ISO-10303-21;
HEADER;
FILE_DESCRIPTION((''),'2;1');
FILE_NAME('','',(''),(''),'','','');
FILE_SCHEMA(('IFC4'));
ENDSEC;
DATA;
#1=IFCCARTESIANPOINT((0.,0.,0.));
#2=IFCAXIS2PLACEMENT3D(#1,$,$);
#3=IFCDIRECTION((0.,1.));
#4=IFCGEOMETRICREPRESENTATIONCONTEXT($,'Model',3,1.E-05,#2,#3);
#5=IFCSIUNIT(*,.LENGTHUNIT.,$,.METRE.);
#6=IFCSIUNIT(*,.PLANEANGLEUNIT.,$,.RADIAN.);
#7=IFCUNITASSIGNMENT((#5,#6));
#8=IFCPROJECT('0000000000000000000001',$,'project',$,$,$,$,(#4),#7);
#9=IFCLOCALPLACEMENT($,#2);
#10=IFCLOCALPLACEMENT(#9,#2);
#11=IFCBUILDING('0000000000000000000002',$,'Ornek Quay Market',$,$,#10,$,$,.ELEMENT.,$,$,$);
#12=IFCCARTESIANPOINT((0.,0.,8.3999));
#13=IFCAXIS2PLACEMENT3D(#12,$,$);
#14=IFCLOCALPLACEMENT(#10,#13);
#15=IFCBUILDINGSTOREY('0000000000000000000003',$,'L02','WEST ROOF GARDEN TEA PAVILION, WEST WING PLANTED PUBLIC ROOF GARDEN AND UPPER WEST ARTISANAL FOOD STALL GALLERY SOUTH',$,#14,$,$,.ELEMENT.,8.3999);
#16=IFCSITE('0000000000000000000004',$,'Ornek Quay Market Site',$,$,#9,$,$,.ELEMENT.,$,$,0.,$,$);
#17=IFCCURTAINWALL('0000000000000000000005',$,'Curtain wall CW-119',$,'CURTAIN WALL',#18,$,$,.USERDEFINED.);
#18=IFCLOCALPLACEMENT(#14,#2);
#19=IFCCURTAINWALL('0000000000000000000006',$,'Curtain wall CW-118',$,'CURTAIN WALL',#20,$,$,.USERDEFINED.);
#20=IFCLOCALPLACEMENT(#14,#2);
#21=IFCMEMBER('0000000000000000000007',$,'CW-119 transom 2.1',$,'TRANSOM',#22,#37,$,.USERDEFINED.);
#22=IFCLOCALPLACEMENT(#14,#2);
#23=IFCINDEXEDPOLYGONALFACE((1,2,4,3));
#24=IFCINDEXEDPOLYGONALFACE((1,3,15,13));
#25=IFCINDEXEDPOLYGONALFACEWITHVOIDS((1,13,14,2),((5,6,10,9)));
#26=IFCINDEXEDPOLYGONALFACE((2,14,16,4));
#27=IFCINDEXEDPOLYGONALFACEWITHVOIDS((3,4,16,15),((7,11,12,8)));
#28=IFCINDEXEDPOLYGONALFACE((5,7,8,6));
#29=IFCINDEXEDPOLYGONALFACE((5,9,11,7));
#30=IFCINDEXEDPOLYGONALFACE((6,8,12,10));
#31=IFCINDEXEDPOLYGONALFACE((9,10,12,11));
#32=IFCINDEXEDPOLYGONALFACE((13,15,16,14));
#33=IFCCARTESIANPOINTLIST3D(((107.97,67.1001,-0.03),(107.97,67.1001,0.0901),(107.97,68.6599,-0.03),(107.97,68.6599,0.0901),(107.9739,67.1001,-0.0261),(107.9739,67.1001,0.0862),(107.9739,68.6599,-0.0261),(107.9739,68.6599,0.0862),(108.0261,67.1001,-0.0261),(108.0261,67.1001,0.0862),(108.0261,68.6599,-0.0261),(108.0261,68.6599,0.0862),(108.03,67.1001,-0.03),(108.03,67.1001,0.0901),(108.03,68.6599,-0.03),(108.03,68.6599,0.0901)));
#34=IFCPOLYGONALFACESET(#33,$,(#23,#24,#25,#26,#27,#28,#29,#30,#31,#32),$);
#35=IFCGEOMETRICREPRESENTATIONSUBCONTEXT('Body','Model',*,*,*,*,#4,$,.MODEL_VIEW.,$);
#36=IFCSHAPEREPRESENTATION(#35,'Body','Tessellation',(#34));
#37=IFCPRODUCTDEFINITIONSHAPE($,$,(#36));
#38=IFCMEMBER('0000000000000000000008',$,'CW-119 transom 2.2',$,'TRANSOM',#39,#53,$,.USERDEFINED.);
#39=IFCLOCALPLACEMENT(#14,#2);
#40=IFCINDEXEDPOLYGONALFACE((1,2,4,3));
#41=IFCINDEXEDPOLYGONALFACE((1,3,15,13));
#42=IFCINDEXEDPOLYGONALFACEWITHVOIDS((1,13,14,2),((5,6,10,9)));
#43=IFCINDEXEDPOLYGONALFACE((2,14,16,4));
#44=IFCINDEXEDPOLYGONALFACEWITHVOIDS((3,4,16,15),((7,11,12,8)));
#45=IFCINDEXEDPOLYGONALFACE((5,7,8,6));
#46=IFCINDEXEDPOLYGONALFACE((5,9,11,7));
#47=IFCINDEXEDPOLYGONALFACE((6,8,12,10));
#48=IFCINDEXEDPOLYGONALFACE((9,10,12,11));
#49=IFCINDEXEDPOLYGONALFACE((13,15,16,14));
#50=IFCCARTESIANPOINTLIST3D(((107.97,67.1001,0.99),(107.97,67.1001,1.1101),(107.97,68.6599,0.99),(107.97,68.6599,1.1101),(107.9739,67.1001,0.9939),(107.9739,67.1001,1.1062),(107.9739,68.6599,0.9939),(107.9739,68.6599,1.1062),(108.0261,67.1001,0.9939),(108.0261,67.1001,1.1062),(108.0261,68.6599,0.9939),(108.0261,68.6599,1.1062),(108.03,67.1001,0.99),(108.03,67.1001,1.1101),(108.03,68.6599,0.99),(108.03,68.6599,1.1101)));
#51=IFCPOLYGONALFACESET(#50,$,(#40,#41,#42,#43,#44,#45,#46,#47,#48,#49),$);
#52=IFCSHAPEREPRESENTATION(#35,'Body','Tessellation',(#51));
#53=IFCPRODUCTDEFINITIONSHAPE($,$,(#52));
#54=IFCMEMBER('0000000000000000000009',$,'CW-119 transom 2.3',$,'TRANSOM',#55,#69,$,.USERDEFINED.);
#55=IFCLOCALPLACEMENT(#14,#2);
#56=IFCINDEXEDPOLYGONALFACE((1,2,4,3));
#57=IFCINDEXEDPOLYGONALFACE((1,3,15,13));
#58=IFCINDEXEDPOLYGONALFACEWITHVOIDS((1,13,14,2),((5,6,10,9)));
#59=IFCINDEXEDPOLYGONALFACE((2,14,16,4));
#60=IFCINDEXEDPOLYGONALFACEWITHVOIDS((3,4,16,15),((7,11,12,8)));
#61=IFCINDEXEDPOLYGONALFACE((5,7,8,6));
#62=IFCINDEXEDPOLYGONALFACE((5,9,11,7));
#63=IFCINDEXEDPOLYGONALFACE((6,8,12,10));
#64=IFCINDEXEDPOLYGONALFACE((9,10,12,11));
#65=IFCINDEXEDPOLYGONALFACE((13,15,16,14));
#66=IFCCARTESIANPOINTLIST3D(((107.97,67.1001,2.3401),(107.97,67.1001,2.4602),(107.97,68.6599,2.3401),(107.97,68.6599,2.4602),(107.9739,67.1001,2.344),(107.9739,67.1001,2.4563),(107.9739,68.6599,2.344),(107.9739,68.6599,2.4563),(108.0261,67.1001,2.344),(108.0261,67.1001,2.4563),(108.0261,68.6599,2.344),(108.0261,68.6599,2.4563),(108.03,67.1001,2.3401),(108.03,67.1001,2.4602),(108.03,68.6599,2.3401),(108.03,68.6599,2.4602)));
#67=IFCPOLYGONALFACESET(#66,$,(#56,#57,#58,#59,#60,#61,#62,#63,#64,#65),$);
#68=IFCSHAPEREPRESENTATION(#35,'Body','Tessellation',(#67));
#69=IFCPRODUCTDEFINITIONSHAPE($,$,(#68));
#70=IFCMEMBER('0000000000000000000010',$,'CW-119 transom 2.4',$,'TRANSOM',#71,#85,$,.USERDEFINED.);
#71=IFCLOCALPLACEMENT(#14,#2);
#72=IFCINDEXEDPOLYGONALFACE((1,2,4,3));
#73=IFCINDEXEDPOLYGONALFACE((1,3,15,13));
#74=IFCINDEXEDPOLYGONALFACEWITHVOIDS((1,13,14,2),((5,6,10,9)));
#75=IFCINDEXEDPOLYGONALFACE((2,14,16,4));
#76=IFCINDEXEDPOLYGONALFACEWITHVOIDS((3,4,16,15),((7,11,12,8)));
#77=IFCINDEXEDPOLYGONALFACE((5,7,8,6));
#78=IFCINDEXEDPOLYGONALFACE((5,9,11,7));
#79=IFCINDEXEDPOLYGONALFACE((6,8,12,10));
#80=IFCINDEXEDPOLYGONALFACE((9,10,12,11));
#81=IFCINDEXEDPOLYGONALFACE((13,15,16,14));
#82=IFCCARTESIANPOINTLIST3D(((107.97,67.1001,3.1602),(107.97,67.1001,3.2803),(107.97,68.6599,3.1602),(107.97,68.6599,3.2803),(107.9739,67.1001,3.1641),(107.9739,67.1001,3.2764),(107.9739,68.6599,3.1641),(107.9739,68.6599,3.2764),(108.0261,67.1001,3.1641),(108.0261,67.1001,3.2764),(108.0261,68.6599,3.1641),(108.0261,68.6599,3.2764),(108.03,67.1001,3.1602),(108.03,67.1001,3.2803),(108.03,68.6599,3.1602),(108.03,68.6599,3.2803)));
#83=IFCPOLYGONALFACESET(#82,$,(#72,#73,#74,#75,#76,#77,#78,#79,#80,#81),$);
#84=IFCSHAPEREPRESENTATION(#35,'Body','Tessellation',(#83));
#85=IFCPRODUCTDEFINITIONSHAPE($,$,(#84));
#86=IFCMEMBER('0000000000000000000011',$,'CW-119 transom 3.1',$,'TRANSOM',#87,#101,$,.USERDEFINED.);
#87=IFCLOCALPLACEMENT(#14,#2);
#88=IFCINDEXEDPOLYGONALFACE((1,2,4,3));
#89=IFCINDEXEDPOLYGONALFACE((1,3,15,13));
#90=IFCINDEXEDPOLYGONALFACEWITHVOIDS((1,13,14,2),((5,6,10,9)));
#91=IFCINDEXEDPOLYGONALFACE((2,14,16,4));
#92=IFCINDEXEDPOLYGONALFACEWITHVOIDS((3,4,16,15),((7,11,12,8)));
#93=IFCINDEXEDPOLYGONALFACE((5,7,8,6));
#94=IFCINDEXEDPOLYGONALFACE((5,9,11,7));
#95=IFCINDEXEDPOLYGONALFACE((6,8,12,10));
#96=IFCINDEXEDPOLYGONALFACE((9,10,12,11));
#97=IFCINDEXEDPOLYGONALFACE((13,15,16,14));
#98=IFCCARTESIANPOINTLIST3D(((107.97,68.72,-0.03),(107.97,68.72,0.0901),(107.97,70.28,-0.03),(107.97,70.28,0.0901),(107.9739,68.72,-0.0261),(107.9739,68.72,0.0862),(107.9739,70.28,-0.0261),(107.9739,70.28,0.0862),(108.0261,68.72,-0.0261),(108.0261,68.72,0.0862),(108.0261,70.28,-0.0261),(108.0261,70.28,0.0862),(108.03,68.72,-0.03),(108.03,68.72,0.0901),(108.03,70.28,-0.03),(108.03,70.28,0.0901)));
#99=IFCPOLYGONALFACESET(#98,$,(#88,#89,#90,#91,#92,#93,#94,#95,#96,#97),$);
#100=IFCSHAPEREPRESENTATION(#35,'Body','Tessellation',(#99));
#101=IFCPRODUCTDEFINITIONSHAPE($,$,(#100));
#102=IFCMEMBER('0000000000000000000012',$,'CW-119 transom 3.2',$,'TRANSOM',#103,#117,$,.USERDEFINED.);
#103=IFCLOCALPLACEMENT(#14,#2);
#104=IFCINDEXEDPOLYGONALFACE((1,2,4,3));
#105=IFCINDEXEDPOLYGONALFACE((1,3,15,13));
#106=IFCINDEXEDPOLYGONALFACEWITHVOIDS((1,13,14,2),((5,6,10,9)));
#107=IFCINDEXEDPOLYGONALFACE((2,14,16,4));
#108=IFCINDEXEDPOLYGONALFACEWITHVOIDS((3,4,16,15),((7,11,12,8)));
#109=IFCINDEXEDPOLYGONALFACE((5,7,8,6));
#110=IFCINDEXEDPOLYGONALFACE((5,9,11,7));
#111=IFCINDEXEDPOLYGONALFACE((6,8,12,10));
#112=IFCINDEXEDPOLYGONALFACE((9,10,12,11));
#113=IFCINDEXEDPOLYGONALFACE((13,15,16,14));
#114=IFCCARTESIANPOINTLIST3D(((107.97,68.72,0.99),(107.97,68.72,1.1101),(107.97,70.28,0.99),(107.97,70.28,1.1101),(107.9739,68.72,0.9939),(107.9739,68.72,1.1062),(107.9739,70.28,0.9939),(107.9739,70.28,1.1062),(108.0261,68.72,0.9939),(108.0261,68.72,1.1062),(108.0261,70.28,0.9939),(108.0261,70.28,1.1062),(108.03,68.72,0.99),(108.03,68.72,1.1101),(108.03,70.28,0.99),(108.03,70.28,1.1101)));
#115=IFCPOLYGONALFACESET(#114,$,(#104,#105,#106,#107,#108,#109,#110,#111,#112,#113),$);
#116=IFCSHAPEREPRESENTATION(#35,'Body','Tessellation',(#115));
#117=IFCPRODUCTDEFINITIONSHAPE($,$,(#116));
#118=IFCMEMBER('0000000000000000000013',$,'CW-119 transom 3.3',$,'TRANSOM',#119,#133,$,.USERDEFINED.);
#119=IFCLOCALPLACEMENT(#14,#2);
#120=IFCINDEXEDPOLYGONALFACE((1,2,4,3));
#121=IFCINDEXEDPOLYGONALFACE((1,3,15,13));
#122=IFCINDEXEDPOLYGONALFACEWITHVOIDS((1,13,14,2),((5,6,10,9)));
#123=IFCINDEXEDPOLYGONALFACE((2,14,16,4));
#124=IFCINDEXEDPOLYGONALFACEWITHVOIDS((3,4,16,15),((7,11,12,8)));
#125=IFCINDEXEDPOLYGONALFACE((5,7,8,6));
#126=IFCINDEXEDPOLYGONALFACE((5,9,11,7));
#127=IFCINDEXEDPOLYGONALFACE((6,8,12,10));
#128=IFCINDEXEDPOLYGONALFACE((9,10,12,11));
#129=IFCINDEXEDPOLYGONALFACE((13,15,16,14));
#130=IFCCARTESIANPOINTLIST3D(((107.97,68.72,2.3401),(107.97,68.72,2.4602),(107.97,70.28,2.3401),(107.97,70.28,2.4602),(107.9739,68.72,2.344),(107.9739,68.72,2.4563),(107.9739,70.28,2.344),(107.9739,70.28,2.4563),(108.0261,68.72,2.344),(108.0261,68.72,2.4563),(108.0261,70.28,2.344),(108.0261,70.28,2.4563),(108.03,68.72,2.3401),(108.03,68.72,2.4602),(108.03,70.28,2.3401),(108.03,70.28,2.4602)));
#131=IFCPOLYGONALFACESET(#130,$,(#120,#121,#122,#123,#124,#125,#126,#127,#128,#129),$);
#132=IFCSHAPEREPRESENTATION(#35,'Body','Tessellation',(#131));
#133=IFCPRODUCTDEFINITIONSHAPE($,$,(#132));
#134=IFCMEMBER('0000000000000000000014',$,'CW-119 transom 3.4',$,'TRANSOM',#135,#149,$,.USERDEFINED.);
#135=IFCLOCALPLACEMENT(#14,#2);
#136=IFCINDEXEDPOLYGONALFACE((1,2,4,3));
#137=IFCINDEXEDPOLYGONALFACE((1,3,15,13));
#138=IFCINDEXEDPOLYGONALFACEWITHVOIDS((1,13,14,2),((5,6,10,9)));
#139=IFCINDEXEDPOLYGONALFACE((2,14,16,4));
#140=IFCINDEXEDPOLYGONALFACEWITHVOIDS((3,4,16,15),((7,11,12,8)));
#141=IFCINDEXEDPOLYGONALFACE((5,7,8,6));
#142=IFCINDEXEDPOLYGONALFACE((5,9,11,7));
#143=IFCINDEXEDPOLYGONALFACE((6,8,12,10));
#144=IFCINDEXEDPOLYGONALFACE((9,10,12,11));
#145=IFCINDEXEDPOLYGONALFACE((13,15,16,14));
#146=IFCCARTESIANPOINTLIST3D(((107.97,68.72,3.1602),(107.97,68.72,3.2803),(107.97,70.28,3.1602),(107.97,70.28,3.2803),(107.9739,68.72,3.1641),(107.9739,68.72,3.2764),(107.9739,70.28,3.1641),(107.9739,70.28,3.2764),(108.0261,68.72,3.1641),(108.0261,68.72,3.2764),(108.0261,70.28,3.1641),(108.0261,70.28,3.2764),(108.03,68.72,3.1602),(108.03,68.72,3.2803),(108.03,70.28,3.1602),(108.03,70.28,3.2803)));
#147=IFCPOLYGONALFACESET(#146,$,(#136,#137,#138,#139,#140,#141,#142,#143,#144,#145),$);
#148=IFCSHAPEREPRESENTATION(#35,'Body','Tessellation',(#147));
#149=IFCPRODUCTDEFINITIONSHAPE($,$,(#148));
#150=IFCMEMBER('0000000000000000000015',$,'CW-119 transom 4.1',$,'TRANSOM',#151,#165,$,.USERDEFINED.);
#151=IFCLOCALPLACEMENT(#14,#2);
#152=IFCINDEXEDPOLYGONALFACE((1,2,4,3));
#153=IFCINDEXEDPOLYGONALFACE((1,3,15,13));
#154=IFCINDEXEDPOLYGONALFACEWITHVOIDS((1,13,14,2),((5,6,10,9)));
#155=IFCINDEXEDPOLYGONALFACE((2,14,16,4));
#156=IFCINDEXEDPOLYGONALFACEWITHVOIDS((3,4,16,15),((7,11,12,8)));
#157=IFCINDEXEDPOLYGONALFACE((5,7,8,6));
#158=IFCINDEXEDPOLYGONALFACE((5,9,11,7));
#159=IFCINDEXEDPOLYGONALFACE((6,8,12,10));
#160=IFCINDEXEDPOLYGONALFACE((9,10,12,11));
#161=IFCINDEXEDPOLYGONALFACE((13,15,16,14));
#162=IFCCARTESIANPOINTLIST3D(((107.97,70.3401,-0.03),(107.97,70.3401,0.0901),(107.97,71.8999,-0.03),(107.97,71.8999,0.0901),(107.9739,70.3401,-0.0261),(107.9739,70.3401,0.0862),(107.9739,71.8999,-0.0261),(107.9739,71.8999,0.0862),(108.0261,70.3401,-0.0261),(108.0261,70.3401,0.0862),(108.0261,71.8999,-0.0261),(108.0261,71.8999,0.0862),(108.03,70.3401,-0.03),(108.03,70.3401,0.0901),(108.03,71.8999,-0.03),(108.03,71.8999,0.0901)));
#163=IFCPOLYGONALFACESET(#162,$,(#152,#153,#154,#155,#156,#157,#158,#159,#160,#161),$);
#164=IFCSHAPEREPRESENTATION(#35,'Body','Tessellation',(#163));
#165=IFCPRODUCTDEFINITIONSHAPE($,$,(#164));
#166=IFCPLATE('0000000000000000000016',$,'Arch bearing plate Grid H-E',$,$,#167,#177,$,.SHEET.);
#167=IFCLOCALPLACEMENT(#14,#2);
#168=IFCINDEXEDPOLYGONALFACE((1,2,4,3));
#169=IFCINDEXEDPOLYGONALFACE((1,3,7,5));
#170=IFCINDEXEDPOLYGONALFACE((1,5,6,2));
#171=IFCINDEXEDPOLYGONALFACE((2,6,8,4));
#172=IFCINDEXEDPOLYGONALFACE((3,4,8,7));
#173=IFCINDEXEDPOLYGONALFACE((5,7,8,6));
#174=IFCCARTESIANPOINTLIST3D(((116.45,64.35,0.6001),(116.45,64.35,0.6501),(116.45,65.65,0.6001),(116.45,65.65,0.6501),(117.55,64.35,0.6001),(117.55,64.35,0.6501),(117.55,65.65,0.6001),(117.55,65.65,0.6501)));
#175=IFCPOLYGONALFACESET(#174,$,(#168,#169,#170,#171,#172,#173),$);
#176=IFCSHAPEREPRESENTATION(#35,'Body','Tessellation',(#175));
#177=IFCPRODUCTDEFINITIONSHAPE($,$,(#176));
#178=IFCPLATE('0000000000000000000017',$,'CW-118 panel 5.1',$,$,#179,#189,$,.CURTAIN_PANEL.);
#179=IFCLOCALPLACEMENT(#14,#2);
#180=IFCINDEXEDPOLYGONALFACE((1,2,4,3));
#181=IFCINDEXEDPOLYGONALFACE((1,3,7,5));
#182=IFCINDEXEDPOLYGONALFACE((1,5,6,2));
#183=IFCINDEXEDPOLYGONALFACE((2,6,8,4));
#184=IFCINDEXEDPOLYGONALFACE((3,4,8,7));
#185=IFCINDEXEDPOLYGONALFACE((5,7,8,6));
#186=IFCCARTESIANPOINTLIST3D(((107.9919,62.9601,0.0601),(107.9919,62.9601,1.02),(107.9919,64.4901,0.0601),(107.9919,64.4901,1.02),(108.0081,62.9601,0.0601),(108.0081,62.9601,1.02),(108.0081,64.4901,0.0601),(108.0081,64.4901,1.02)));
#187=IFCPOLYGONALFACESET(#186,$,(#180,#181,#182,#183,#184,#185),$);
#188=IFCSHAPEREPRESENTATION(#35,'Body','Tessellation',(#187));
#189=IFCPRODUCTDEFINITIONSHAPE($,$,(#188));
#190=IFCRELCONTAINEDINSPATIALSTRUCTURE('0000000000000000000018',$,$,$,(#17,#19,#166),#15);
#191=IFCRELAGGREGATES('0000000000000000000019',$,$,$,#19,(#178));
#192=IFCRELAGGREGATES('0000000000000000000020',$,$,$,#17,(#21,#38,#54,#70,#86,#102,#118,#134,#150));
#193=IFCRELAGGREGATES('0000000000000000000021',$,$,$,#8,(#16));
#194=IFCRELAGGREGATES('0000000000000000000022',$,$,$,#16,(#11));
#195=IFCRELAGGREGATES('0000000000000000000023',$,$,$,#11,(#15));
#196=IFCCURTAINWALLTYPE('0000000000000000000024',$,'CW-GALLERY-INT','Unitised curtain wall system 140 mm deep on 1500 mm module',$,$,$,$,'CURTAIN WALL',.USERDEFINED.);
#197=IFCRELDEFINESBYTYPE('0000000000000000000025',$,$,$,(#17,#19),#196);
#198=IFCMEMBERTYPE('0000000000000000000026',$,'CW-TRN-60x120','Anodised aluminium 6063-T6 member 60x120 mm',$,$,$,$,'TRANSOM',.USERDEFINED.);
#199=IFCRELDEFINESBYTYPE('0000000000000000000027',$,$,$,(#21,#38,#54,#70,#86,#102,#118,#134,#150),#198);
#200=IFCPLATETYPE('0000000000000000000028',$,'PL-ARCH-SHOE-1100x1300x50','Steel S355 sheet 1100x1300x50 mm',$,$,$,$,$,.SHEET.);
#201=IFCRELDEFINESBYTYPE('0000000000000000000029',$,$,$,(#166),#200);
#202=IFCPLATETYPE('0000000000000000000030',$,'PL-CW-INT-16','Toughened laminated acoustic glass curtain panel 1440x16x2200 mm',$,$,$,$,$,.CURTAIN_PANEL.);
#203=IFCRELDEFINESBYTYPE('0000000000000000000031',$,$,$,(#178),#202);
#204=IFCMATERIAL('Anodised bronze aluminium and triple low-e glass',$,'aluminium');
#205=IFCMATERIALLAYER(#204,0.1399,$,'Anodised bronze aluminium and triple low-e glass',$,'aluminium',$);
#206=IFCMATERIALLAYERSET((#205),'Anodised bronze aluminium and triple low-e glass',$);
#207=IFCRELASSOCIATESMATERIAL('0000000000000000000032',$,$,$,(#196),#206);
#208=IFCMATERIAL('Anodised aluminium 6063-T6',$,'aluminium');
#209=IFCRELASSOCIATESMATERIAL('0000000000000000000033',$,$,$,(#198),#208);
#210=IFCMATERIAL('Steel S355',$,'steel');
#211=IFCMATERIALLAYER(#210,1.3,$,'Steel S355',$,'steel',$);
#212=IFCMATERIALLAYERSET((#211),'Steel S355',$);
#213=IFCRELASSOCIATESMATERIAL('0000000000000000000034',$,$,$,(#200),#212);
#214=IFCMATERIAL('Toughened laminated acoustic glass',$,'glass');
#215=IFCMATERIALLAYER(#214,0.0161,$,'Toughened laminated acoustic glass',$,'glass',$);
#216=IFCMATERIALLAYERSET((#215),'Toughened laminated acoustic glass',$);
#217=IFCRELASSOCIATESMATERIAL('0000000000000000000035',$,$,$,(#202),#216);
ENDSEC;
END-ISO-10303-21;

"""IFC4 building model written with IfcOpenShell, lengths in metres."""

from ifc_helpers import new_model, si_unit, direction, frame, origin, origin_2d, place, context, subcontext, project, spatial, rectangle, hollow_rectangle, extrude, material, layer, layer_set, material_profile, profile_set, type_object, element, aggregate, save


model = new_model("IFC4")

# Units and contexts
model_context = context("Model", 3, precision=1e-05, world=origin(), true_north=direction((0.0, 1.0)))
body_context = subcontext(model_context, "Body", "Model", "MODEL_VIEW")
ifc_project = project(units=[si_unit("LENGTHUNIT", "METRE"), si_unit("PLANEANGLEUNIT", "RADIAN")], contexts=[model_context])

# Site, building, storey
site_placement = place(None, origin())
site = spatial("IfcSite", under=ifc_project, at=site_placement, Name="Ornek Quay Market Site", CompositionType="ELEMENT", RefElevation=0.0)
building_placement = place(site_placement, origin())
building = spatial("IfcBuilding", under=site, at=building_placement, Name="Ornek Quay Market", CompositionType="ELEMENT")
storey_placement = place(building_placement, frame((0.0, 0.0, 8.3999)))
storey = spatial("IfcBuildingStorey", under=building, at=storey_placement, Name="L02", Description="WEST ROOF GARDEN TEA PAVILION, WEST WING PLANTED PUBLIC ROOF GARDEN AND UPPER WEST ARTISANAL FOOD STALL GALLERY SOUTH", CompositionType="ELEMENT", Elevation=8.3999)

# Curtain wall
ifc_material_1 = material(Name="Anodised bronze aluminium and triple low-e glass", Category="aluminium")
ifc_layer_1 = layer(ifc_material_1, 0.1399, Name="Anodised bronze aluminium and triple low-e glass", Category="aluminium")
ifc_layer_set_1 = layer_set([ifc_layer_1], Name="Anodised bronze aluminium and triple low-e glass")
curtain_wall_type = type_object("IfcCurtainWallType", Name="CW-GALLERY-INT", Description="Unitised curtain wall system 140 mm deep on 1500 mm module", ElementType="CURTAIN WALL", PredefinedType="USERDEFINED", material=ifc_layer_set_1)
curtain_wall_1_placement = place(storey_placement, origin())
curtain_wall_1 = element("IfcCurtainWall", 1, at=curtain_wall_1_placement, inside=storey, type_object=curtain_wall_type, Name="Curtain wall CW-119", ObjectType="CURTAIN WALL", PredefinedType="USERDEFINED")
ifc_material_2 = material(Name="Anodised aluminium 6063-T6", Category="aluminium")

# Curtain wall
curtain_wall_2_placement = place(storey_placement, origin())
curtain_wall_2 = element("IfcCurtainWall", 2, at=curtain_wall_2_placement, inside=storey, type_object=curtain_wall_type, Name="Curtain wall CW-118", ObjectType="CURTAIN WALL", PredefinedType="USERDEFINED")
ifc_material_profile_1 = material_profile(ifc_material_2, hollow_rectangle(XDim=0.0601, YDim=0.1201, WallThickness=0.0039, at=origin_2d()), Name="CW-TRN-60x120", Category="aluminium")
ifc_profile_set_1 = profile_set([ifc_material_profile_1], Name="Anodised aluminium 6063-T6")
member_type_1 = type_object("IfcMemberType", Name="CW-TRN-60x120", Description="Anodised aluminium 6063-T6 member 60x120 mm", ElementType="TRANSOM", PredefinedType="USERDEFINED", material=ifc_profile_set_1)

# Members
member_1_placement = place(storey_placement, frame((108.0, 67.1001, 0.03), z_axis=(0.0, 1.0, 0.0), x_axis=(-1.0, 0.0, 0.0)))
member_1 = element("IfcMember", 3, at=member_1_placement, type_object=member_type_1, Name="CW-119 transom 2.1", ObjectType="TRANSOM", PredefinedType="USERDEFINED", context=body_context, shape_type="SweptSolid", body=[
    extrude(hollow_rectangle(XDim=0.0601, YDim=0.1201, WallThickness=0.0039, at=origin_2d()), origin(), (0.0, 0.0, 1.0), 1.5598),
])
member_2_placement = place(storey_placement, frame((108.0, 67.1001, 1.05), z_axis=(0.0, 1.0, 0.0), x_axis=(-1.0, 0.0, 0.0)))
member_2 = element("IfcMember", 4, at=member_2_placement, type_object=member_type_1, Name="CW-119 transom 2.2", ObjectType="TRANSOM", PredefinedType="USERDEFINED", context=body_context, shape_type="SweptSolid", body=[
    extrude(hollow_rectangle(XDim=0.0601, YDim=0.1201, WallThickness=0.0039, at=origin_2d()), origin(), (0.0, 0.0, 1.0), 1.5598),
])
member_3_placement = place(storey_placement, frame((108.0, 67.1001, 2.4001), z_axis=(0.0, 1.0, 0.0), x_axis=(-1.0, 0.0, 0.0)))
member_3 = element("IfcMember", 5, at=member_3_placement, type_object=member_type_1, Name="CW-119 transom 2.3", ObjectType="TRANSOM", PredefinedType="USERDEFINED", context=body_context, shape_type="SweptSolid", body=[
    extrude(hollow_rectangle(XDim=0.0601, YDim=0.1201, WallThickness=0.0039, at=origin_2d()), origin(), (0.0, 0.0, 1.0), 1.5598),
])
member_4_placement = place(storey_placement, frame((108.0, 67.1001, 3.2202), z_axis=(0.0, 1.0, 0.0), x_axis=(-1.0, 0.0, 0.0)))
member_4 = element("IfcMember", 6, at=member_4_placement, type_object=member_type_1, Name="CW-119 transom 2.4", ObjectType="TRANSOM", PredefinedType="USERDEFINED", context=body_context, shape_type="SweptSolid", body=[
    extrude(hollow_rectangle(XDim=0.0601, YDim=0.1201, WallThickness=0.0039, at=origin_2d()), origin(), (0.0, 0.0, 1.0), 1.5598),
])
member_5_placement = place(storey_placement, frame((108.0, 68.72, 0.03), z_axis=(0.0, 1.0, 0.0), x_axis=(-1.0, 0.0, 0.0)))
member_5 = element("IfcMember", 7, at=member_5_placement, type_object=member_type_1, Name="CW-119 transom 3.1", ObjectType="TRANSOM", PredefinedType="USERDEFINED", context=body_context, shape_type="SweptSolid", body=[
    extrude(hollow_rectangle(XDim=0.0601, YDim=0.1201, WallThickness=0.0039, at=origin_2d()), origin(), (0.0, 0.0, 1.0), 1.5601),
])
member_6_placement = place(storey_placement, frame((108.0, 68.72, 1.05), z_axis=(0.0, 1.0, 0.0), x_axis=(-1.0, 0.0, 0.0)))
member_6 = element("IfcMember", 8, at=member_6_placement, type_object=member_type_1, Name="CW-119 transom 3.2", ObjectType="TRANSOM", PredefinedType="USERDEFINED", context=body_context, shape_type="SweptSolid", body=[
    extrude(hollow_rectangle(XDim=0.0601, YDim=0.1201, WallThickness=0.0039, at=origin_2d()), origin(), (0.0, 0.0, 1.0), 1.5601),
])
member_7_placement = place(storey_placement, frame((108.0, 68.72, 2.4001), z_axis=(0.0, 1.0, 0.0), x_axis=(-1.0, 0.0, 0.0)))
member_7 = element("IfcMember", 9, at=member_7_placement, type_object=member_type_1, Name="CW-119 transom 3.3", ObjectType="TRANSOM", PredefinedType="USERDEFINED", context=body_context, shape_type="SweptSolid", body=[
    extrude(hollow_rectangle(XDim=0.0601, YDim=0.1201, WallThickness=0.0039, at=origin_2d()), origin(), (0.0, 0.0, 1.0), 1.5601),
])
member_8_placement = place(storey_placement, frame((108.0, 68.72, 3.2202), z_axis=(0.0, 1.0, 0.0), x_axis=(-1.0, 0.0, 0.0)))
member_8 = element("IfcMember", 10, at=member_8_placement, type_object=member_type_1, Name="CW-119 transom 3.4", ObjectType="TRANSOM", PredefinedType="USERDEFINED", context=body_context, shape_type="SweptSolid", body=[
    extrude(hollow_rectangle(XDim=0.0601, YDim=0.1201, WallThickness=0.0039, at=origin_2d()), origin(), (0.0, 0.0, 1.0), 1.5601),
])
member_9_placement = place(storey_placement, frame((108.0, 70.3401, 0.03), z_axis=(0.0, 1.0, 0.0), x_axis=(-1.0, 0.0, 0.0)))
member_9 = element("IfcMember", 11, at=member_9_placement, type_object=member_type_1, Name="CW-119 transom 4.1", ObjectType="TRANSOM", PredefinedType="USERDEFINED", context=body_context, shape_type="SweptSolid", body=[
    extrude(hollow_rectangle(XDim=0.0601, YDim=0.1201, WallThickness=0.0039, at=origin_2d()), origin(), (0.0, 0.0, 1.0), 1.5598),
])

# Plates
ifc_material_3 = material(Name="Steel S355", Category="steel")
ifc_layer_2 = layer(ifc_material_3, 1.3, Name="Steel S355", Category="steel")
ifc_layer_set_2 = layer_set([ifc_layer_2], Name="Steel S355")
plate_type_1 = type_object("IfcPlateType", Name="PL-ARCH-SHOE-1100x1300x50", Description="Steel S355 sheet 1100x1300x50 mm", PredefinedType="SHEET", material=ifc_layer_set_2)
plate_1_placement = place(storey_placement, frame((117.0, 65.0, 0.6001), z_axis=(0.0, 0.0, 1.0), x_axis=(1.0, 0.0, 0.0)))
element("IfcPlate", 12, at=plate_1_placement, inside=storey, type_object=plate_type_1, Name="Arch bearing plate Grid H-E", PredefinedType="SHEET", context=body_context, shape_type="SweptSolid", body=[
    extrude(rectangle(XDim=1.1001, YDim=1.3, at=origin_2d()), origin(), (0.0, 0.0, 1.0), 0.05),
])
ifc_material_4 = material(Name="Toughened laminated acoustic glass", Category="glass")
ifc_layer_3 = layer(ifc_material_4, 0.0161, Name="Toughened laminated acoustic glass", Category="glass")
ifc_layer_set_3 = layer_set([ifc_layer_3], Name="Toughened laminated acoustic glass")
plate_type_2 = type_object("IfcPlateType", Name="PL-CW-INT-16", Description="Toughened laminated acoustic glass curtain panel 1440x16x2200 mm", PredefinedType="CURTAIN_PANEL", material=ifc_layer_set_3)
plate_2_placement = place(storey_placement, frame((108.0, 63.7251, 0.0601), z_axis=(0.0, 0.0, 1.0), x_axis=(0.0, 1.0, 0.0)))
plate_2 = element("IfcPlate", 13, at=plate_2_placement, type_object=plate_type_2, Name="CW-118 panel 5.1", PredefinedType="CURTAIN_PANEL", context=body_context, shape_type="SweptSolid", body=[
    extrude(rectangle(XDim=1.53, YDim=0.0161, at=origin_2d()), origin(), (0.0, 0.0, 1.0), 0.96),
])
aggregate(curtain_wall_2, [plate_2])
aggregate(curtain_wall_1, [member_1, member_2, member_3, member_4, member_5, member_6, member_7, member_8, member_9])

save(model, "model.ifc")
